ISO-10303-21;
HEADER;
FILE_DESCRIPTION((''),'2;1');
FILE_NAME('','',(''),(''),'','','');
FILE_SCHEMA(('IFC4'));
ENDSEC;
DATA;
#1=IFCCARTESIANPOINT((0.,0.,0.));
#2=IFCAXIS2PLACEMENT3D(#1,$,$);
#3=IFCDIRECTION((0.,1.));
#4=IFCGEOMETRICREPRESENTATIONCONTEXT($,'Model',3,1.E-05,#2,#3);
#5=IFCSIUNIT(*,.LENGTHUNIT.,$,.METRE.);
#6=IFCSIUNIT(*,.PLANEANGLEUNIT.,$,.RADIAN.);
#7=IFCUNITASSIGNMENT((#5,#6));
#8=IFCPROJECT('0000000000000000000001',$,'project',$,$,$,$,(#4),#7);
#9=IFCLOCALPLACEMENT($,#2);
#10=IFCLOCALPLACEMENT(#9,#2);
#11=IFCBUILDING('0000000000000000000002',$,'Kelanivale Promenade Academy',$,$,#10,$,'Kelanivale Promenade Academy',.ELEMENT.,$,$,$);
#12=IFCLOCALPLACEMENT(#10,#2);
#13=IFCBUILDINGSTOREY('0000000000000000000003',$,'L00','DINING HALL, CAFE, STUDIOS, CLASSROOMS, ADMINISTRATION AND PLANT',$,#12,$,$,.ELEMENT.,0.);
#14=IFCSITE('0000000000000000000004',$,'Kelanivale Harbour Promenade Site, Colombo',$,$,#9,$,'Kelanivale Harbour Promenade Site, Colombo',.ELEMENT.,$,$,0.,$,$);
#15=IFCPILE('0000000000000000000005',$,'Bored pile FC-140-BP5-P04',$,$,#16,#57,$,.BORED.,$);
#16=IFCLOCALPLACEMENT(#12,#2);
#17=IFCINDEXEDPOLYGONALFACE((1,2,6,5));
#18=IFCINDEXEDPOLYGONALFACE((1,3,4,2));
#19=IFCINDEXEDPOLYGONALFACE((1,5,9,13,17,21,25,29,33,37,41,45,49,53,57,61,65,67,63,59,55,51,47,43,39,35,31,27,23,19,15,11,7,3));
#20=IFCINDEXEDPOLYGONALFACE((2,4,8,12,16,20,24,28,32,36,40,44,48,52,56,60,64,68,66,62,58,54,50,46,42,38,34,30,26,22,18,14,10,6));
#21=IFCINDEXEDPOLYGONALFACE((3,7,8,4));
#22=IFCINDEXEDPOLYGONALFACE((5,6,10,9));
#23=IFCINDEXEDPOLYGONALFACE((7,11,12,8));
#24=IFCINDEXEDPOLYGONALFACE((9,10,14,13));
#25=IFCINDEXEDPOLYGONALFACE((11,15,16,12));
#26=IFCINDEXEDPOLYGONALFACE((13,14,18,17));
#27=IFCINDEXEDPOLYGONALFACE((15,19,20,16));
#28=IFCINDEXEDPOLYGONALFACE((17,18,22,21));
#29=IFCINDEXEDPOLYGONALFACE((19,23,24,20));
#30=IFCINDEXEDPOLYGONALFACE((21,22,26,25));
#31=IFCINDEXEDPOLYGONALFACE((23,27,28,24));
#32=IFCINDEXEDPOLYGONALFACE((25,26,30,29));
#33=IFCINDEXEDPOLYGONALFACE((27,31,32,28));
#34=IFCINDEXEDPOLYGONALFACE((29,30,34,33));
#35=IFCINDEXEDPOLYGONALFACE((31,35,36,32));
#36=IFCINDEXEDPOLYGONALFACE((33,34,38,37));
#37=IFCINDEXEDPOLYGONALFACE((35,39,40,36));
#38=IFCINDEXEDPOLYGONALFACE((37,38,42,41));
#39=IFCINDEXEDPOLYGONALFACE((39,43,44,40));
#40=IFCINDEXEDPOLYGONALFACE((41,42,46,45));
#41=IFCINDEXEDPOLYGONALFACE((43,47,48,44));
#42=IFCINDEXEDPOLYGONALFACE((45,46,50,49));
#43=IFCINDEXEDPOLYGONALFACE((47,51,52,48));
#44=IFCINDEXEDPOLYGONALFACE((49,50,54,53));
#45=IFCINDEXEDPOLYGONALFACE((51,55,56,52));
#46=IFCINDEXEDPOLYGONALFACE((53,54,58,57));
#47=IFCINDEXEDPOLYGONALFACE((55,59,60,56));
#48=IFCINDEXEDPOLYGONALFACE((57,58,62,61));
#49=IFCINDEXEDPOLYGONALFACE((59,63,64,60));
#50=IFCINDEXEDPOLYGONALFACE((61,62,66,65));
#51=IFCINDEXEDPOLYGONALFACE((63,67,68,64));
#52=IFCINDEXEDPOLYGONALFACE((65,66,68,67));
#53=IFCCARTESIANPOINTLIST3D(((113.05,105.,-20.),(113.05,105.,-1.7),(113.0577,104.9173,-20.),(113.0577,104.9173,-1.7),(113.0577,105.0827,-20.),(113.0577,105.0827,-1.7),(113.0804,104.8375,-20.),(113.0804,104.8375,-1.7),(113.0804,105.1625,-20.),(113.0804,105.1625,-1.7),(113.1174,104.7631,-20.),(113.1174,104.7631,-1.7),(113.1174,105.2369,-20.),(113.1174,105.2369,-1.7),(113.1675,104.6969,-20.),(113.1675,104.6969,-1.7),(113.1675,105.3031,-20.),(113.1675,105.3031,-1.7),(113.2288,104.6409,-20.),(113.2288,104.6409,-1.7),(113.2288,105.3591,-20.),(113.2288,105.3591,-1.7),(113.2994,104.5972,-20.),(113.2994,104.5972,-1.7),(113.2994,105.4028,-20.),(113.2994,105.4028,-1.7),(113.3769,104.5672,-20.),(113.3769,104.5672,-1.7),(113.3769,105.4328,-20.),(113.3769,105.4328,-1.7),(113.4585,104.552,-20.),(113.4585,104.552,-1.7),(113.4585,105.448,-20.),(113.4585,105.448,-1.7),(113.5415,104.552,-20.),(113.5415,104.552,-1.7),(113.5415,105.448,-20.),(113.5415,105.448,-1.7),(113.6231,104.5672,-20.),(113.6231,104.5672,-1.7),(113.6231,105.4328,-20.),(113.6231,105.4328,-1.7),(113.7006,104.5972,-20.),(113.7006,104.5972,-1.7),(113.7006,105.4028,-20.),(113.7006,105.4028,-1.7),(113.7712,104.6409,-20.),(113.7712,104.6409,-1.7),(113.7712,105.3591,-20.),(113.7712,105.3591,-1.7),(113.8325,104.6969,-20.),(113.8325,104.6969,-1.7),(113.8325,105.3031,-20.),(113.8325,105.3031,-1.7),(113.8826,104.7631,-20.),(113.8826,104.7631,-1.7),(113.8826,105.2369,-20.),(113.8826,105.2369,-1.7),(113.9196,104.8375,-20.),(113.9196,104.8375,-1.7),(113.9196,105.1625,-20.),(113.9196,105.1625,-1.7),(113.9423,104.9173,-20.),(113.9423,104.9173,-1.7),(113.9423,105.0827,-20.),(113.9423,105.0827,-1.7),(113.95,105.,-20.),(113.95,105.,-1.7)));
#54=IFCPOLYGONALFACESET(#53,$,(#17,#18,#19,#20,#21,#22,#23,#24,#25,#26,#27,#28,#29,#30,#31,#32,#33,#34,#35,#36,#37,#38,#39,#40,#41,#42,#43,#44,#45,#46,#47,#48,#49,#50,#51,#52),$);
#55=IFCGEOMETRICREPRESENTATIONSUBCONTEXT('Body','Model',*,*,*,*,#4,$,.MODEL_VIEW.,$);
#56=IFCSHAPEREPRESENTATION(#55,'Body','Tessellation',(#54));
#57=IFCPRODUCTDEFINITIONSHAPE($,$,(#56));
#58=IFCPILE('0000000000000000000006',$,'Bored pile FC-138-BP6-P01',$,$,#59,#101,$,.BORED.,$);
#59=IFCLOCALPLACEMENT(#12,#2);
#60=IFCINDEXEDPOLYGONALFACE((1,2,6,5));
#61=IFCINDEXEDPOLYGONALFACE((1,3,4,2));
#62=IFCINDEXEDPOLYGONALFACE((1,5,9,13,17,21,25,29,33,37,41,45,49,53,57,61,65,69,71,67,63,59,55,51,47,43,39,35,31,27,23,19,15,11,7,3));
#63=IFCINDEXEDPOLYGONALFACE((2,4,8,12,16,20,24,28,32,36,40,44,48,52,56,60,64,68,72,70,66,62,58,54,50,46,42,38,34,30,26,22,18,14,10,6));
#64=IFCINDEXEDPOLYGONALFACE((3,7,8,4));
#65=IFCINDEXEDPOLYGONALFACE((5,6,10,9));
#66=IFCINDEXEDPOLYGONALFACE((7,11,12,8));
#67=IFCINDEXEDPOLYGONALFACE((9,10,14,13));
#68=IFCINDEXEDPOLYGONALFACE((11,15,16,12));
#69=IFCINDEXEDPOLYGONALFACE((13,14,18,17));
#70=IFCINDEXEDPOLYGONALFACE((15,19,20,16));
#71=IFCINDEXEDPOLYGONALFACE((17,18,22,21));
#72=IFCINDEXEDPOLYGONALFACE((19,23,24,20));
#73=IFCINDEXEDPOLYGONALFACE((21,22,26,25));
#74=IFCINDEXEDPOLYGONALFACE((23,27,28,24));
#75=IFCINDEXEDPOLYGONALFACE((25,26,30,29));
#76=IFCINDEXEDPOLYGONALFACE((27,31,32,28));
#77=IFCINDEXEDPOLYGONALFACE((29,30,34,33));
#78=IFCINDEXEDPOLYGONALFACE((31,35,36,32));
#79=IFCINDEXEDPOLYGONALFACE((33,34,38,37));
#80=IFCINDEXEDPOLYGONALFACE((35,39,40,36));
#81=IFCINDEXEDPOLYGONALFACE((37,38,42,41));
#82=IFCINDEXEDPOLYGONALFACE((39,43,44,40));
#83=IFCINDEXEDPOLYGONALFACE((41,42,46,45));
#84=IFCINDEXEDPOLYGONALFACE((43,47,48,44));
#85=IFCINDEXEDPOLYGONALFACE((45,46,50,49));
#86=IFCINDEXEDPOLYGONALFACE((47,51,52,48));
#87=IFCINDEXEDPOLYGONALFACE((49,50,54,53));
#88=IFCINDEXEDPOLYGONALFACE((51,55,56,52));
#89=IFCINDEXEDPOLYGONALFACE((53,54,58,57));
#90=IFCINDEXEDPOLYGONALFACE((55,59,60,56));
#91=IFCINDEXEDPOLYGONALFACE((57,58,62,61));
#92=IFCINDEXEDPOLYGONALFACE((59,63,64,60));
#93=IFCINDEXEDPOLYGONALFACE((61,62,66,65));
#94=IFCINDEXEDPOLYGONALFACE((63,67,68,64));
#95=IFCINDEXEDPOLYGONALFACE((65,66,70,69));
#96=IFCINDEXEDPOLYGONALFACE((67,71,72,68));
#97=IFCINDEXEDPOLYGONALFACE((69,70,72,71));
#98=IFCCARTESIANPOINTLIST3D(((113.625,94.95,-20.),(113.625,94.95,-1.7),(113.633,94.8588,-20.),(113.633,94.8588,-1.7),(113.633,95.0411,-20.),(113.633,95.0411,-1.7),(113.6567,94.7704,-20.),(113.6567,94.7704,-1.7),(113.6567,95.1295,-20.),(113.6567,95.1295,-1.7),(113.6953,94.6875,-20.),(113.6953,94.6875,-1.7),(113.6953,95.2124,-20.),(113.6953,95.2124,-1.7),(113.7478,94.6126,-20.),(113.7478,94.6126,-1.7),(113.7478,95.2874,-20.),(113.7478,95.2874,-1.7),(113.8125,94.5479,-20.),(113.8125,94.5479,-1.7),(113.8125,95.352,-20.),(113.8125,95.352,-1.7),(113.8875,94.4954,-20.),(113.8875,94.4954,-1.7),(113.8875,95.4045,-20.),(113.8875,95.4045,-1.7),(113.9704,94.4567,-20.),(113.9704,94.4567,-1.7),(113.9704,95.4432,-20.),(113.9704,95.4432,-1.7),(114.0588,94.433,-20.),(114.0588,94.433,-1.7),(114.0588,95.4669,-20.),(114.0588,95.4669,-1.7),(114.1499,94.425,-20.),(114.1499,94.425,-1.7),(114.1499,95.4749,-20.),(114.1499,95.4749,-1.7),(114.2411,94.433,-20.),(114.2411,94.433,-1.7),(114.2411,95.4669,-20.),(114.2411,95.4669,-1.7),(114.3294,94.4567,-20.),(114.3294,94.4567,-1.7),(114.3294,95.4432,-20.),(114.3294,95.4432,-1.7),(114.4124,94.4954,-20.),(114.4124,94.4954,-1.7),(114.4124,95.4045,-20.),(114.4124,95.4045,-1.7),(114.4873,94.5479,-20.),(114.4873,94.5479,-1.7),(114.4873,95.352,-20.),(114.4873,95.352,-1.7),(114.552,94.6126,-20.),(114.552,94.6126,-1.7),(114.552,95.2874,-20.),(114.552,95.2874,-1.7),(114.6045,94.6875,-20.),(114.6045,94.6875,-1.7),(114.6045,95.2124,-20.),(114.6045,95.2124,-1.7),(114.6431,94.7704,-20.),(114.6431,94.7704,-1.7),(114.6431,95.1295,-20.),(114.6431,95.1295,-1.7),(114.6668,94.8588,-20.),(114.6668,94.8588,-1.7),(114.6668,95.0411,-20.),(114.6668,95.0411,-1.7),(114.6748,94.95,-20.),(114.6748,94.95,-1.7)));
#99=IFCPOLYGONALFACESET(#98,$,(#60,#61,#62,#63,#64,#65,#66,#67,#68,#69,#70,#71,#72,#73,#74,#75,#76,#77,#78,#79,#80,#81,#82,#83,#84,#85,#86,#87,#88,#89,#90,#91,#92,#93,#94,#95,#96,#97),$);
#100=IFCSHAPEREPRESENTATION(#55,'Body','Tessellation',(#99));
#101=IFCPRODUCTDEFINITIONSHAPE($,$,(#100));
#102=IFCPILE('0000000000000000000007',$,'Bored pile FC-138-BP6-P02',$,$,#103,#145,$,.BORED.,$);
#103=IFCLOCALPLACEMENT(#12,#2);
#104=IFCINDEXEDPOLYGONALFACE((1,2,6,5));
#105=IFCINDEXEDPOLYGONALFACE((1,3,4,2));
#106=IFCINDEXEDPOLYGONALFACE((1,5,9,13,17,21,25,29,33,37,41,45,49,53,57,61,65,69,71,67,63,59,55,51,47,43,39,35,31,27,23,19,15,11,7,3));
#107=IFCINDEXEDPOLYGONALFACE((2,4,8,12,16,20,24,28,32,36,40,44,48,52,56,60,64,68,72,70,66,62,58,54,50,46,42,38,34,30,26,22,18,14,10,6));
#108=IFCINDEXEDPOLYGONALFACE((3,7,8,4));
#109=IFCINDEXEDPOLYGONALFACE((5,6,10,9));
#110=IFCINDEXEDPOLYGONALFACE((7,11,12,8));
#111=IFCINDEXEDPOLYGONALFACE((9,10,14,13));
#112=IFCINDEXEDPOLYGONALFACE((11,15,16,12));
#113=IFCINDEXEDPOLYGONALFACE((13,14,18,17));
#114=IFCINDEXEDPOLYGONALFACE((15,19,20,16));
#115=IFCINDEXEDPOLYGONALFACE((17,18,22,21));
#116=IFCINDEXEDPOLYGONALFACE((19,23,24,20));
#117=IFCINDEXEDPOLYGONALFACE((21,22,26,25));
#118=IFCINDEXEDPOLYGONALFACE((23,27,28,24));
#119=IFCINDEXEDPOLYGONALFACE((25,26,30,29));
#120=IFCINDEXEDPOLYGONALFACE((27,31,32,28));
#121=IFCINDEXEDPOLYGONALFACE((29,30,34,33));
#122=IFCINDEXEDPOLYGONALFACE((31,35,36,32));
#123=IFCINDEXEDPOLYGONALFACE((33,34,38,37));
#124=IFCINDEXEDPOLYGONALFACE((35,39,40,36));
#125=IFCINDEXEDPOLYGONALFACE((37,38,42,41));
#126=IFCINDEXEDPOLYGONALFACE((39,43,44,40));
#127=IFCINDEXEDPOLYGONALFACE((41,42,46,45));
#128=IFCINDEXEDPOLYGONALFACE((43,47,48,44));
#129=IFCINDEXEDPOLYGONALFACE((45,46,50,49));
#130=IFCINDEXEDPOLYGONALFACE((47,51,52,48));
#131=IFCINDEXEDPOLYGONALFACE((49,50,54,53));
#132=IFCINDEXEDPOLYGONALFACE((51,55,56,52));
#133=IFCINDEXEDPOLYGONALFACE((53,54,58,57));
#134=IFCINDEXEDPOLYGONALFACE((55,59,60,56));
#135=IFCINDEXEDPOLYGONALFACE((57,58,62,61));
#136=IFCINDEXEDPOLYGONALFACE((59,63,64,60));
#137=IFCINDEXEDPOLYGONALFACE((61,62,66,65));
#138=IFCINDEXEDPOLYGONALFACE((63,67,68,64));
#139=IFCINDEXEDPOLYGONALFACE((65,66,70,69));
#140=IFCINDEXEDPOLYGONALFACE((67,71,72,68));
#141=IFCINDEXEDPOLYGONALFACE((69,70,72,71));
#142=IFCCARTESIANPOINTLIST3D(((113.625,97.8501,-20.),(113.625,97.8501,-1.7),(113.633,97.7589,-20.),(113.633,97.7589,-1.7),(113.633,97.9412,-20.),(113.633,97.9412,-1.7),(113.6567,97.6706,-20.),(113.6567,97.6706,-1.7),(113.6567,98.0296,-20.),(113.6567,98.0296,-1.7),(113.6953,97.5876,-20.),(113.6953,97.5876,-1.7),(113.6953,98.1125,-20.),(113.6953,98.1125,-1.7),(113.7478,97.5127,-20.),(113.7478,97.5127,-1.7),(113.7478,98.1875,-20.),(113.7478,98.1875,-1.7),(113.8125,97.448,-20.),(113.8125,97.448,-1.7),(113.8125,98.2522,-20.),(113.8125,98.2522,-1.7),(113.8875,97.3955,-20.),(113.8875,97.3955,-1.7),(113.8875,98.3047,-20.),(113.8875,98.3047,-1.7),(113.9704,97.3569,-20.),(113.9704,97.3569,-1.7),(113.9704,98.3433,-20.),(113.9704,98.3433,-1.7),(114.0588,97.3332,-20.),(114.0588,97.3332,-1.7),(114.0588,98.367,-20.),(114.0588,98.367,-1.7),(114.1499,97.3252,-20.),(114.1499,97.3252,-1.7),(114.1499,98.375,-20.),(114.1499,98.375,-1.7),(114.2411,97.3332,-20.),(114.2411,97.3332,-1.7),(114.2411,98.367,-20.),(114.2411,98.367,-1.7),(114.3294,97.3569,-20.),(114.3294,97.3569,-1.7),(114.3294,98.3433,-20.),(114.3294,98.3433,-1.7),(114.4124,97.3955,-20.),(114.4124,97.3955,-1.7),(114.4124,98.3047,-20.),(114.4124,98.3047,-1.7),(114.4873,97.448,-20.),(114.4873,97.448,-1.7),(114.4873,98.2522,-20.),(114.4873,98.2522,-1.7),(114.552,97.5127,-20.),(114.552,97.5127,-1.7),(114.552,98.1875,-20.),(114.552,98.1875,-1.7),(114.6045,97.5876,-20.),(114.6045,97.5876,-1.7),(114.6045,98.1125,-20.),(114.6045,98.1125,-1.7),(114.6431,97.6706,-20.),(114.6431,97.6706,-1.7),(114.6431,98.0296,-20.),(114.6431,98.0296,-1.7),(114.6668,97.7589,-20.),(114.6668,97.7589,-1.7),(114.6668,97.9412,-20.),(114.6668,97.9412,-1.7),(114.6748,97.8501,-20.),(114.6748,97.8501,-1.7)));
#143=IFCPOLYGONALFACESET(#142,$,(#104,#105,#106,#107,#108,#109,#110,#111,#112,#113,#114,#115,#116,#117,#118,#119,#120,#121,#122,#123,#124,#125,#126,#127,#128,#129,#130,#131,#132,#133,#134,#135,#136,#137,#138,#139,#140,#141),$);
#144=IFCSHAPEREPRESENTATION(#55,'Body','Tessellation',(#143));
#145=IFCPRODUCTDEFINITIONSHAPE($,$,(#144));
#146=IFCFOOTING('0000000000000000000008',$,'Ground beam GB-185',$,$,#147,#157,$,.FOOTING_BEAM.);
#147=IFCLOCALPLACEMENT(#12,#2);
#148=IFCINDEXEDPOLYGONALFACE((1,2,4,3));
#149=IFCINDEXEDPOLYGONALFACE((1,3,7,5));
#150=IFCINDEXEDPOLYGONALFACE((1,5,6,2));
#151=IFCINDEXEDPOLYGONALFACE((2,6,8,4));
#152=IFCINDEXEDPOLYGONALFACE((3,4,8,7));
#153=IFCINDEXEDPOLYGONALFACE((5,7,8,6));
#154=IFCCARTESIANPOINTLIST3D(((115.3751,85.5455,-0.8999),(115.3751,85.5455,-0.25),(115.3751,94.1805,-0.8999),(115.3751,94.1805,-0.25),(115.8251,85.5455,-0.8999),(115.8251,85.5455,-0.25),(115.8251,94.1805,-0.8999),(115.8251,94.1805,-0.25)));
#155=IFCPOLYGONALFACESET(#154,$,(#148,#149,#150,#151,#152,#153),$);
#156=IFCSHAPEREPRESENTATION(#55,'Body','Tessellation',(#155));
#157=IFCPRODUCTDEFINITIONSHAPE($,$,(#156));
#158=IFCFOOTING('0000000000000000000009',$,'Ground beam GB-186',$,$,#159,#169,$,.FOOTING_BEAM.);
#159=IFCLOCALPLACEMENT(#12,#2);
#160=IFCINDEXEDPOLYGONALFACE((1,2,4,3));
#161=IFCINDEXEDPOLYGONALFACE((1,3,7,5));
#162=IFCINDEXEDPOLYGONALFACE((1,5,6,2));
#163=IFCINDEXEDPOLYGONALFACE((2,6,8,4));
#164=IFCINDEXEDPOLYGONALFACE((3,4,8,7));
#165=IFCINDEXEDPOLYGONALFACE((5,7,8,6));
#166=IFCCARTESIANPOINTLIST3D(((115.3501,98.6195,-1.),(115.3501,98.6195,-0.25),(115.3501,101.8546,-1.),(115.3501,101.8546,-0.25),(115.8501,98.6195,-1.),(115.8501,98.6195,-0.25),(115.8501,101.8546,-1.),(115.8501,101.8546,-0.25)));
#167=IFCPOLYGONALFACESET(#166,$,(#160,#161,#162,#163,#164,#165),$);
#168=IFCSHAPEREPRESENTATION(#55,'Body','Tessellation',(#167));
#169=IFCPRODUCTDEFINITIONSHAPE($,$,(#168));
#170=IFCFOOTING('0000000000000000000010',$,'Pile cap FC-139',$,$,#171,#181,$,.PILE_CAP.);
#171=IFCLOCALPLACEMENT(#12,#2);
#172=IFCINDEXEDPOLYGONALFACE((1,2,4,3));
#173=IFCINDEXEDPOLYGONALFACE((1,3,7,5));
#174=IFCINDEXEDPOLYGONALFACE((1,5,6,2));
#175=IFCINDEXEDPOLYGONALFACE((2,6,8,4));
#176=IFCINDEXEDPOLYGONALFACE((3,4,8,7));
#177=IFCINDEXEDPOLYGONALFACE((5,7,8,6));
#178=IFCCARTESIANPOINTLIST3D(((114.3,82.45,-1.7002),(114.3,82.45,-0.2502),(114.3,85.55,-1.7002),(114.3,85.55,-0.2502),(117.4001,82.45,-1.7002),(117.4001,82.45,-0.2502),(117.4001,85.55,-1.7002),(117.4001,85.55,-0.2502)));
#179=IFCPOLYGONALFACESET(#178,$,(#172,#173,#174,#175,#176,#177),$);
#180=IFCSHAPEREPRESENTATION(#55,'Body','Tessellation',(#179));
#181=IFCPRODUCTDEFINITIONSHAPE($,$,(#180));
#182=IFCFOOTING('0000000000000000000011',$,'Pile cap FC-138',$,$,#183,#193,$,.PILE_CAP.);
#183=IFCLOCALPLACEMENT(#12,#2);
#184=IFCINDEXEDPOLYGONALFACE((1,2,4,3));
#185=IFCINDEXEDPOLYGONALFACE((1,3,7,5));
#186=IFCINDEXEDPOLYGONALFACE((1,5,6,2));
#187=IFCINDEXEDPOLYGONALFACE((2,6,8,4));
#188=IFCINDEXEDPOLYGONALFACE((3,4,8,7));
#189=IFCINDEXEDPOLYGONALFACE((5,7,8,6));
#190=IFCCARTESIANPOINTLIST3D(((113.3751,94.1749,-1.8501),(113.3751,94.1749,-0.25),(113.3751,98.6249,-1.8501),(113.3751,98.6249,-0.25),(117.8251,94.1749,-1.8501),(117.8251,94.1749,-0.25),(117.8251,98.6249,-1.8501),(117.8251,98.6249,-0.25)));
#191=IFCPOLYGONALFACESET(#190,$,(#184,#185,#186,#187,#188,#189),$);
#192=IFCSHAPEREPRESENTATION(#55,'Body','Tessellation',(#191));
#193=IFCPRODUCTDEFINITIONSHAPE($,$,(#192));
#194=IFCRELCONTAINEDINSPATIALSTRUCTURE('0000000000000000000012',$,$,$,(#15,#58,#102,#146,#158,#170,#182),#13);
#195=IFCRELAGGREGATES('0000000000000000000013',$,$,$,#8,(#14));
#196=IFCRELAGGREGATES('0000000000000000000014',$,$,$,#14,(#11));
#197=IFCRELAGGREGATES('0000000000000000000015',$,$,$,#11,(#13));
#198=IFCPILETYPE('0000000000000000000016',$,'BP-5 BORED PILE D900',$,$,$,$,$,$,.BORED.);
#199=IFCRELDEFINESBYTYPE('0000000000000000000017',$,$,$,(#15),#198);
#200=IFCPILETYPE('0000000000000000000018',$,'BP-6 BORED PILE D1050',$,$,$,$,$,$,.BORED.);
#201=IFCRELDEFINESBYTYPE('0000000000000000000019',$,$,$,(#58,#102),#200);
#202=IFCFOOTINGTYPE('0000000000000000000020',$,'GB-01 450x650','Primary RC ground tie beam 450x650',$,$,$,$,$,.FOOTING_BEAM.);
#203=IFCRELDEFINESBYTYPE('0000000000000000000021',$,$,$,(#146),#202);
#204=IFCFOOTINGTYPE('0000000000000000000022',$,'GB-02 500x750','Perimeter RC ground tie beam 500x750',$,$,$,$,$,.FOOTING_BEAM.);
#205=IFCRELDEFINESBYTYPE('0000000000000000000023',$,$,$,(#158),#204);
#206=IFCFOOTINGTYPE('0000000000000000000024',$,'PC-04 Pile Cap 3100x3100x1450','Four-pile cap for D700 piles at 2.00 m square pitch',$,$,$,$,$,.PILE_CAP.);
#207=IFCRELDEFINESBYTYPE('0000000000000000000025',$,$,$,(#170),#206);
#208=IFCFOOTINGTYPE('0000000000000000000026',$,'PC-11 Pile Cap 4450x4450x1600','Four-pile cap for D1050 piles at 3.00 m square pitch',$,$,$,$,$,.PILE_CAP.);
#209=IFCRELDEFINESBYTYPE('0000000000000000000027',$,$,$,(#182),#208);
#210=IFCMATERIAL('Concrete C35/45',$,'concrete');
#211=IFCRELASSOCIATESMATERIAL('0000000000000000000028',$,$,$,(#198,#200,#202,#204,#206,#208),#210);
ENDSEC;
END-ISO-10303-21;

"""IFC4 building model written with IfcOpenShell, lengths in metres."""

from ifc_helpers import new_model, si_unit, direction, frame, origin, origin_2d, place, context, subcontext, project, spatial, rectangle, circle, extrude, material, material_profile, profile_set, type_object, element, save


model = new_model("IFC4")

# Units and contexts
model_context = context("Model", 3, precision=1e-05, world=origin(), true_north=direction((0.0, 1.0)))
body_context = subcontext(model_context, "Body", "Model", "MODEL_VIEW")
ifc_project = project(units=[si_unit("LENGTHUNIT", "METRE"), si_unit("PLANEANGLEUNIT", "RADIAN")], contexts=[model_context])

# Site, building, storey
site_placement = place(None, origin())
site = spatial("IfcSite", under=ifc_project, at=site_placement, Name="Kelanivale Harbour Promenade Site, Colombo", LongName="Kelanivale Harbour Promenade Site, Colombo", CompositionType="ELEMENT", RefElevation=0.0)
building_placement = place(site_placement, origin())
building = spatial("IfcBuilding", under=site, at=building_placement, Name="Kelanivale Promenade Academy", LongName="Kelanivale Promenade Academy", CompositionType="ELEMENT")
storey_placement = place(building_placement, origin())
storey = spatial("IfcBuildingStorey", under=building, at=storey_placement, Name="L00", Description="DINING HALL, CAFE, STUDIOS, CLASSROOMS, ADMINISTRATION AND PLANT", CompositionType="ELEMENT", Elevation=0.0)

# Piles
ifc_material_1 = material(Name="Concrete C35/45", Category="concrete")
ifc_material_profile_1 = material_profile(ifc_material_1, circle(Radius=0.45, at=origin_2d()), Name="BORED PILE D900")
ifc_profile_set_1 = profile_set([ifc_material_profile_1], Name="Concrete C35/45")
pile_type_1 = type_object("IfcPileType", Name="BP-5 BORED PILE D900", PredefinedType="BORED", material=ifc_profile_set_1)
for number, where, z_axis, x_axis, name in (
    (1, (113.5, 105.0, -1.7), (0.0, 0.0, -1.0), (1.0, 0.0, 0.0), "Bored pile FC-140-BP5-P04"),
):
    element("IfcPile", number, at=place(storey_placement, frame(where, z_axis=z_axis, x_axis=x_axis)), inside=storey, type_object=pile_type_1, Name=name, PredefinedType="BORED", context=body_context, shape_type="SweptSolid", body=[
        extrude(circle(Radius=0.45, at=origin_2d()), origin(), (0.0, 0.0, 1.0), 18.3),
    ])
ifc_material_profile_2 = material_profile(ifc_material_1, circle(Radius=0.5249, at=origin_2d()), Name="BORED PILE D1050")
ifc_profile_set_2 = profile_set([ifc_material_profile_2], Name="Concrete C35/45")
pile_type_2 = type_object("IfcPileType", Name="BP-6 BORED PILE D1050", PredefinedType="BORED", material=ifc_profile_set_2)
for number, where, z_axis, x_axis, name in (
    (2, (114.1499, 94.95, -1.7), (0.0, 0.0, -1.0), (1.0, 0.0, 0.0), "Bored pile FC-138-BP6-P01"),
    (3, (114.1499, 97.8501, -1.7), (0.0, 0.0, -1.0), (1.0, 0.0, 0.0), "Bored pile FC-138-BP6-P02"),
):
    element("IfcPile", number, at=place(storey_placement, frame(where, z_axis=z_axis, x_axis=x_axis)), inside=storey, type_object=pile_type_2, Name=name, PredefinedType="BORED", context=body_context, shape_type="SweptSolid", body=[
        extrude(circle(Radius=0.5249, at=origin_2d()), origin(), (0.0, 0.0, 1.0), 18.3),
    ])

# Footings
footing_type_1 = type_object("IfcFootingType", Name="GB-01 450x650", Description="Primary RC ground tie beam 450x650", PredefinedType="FOOTING_BEAM", material=ifc_material_1)
footing_1_placement = place(storey_placement, frame((115.6001, 89.863, -0.8999), z_axis=(0.0, 0.0, 1.0), x_axis=(0.0, 1.0, 0.0)))
element("IfcFooting", 4, at=footing_1_placement, inside=storey, type_object=footing_type_1, Name="Ground beam GB-185", PredefinedType="FOOTING_BEAM", context=body_context, shape_type="SweptSolid", body=[
    extrude(rectangle(XDim=8.635, YDim=0.45, at=origin_2d()), origin(), (0.0, 0.0, 1.0), 0.6499),
])
footing_type_2 = type_object("IfcFootingType", Name="GB-02 500x750", Description="Perimeter RC ground tie beam 500x750", PredefinedType="FOOTING_BEAM", material=ifc_material_1)
footing_2_placement = place(storey_placement, frame((115.6001, 100.2371, -1.0), z_axis=(0.0, 0.0, 1.0), x_axis=(0.0, 1.0, 0.0)))
element("IfcFooting", 5, at=footing_2_placement, inside=storey, type_object=footing_type_2, Name="Ground beam GB-186", PredefinedType="FOOTING_BEAM", context=body_context, shape_type="SweptSolid", body=[
    extrude(rectangle(XDim=3.2351, YDim=0.5, at=origin_2d()), origin(), (0.0, 0.0, 1.0), 0.75),
])
footing_type_3 = type_object("IfcFootingType", Name="PC-04 Pile Cap 3100x3100x1450", Description="Four-pile cap for D700 piles at 2.00 m square pitch", PredefinedType="PILE_CAP", material=ifc_material_1)
footing_3_placement = place(storey_placement, frame((115.8501, 84.0, -1.7002), z_axis=(0.0, 0.0, 1.0), x_axis=(1.0, 0.0, 0.0)))
element("IfcFooting", 6, at=footing_3_placement, inside=storey, type_object=footing_type_3, Name="Pile cap FC-139", PredefinedType="PILE_CAP", context=body_context, shape_type="SweptSolid", body=[
    extrude(rectangle(XDim=3.1001, YDim=3.1001, at=origin_2d()), origin(), (0.0, 0.0, 1.0), 1.45),
])
footing_type_4 = type_object("IfcFootingType", Name="PC-11 Pile Cap 4450x4450x1600", Description="Four-pile cap for D1050 piles at 3.00 m square pitch", PredefinedType="PILE_CAP", material=ifc_material_1)
footing_4_placement = place(storey_placement, frame((115.6001, 96.3999, -1.8501), z_axis=(0.0, 0.0, 1.0), x_axis=(1.0, 0.0, 0.0)))
element("IfcFooting", 7, at=footing_4_placement, inside=storey, type_object=footing_type_4, Name="Pile cap FC-138", PredefinedType="PILE_CAP", context=body_context, shape_type="SweptSolid", body=[
    extrude(rectangle(XDim=4.45, YDim=4.45, at=origin_2d()), origin(), (0.0, 0.0, 1.0), 1.6001),
])

save(model, "model.ifc")
